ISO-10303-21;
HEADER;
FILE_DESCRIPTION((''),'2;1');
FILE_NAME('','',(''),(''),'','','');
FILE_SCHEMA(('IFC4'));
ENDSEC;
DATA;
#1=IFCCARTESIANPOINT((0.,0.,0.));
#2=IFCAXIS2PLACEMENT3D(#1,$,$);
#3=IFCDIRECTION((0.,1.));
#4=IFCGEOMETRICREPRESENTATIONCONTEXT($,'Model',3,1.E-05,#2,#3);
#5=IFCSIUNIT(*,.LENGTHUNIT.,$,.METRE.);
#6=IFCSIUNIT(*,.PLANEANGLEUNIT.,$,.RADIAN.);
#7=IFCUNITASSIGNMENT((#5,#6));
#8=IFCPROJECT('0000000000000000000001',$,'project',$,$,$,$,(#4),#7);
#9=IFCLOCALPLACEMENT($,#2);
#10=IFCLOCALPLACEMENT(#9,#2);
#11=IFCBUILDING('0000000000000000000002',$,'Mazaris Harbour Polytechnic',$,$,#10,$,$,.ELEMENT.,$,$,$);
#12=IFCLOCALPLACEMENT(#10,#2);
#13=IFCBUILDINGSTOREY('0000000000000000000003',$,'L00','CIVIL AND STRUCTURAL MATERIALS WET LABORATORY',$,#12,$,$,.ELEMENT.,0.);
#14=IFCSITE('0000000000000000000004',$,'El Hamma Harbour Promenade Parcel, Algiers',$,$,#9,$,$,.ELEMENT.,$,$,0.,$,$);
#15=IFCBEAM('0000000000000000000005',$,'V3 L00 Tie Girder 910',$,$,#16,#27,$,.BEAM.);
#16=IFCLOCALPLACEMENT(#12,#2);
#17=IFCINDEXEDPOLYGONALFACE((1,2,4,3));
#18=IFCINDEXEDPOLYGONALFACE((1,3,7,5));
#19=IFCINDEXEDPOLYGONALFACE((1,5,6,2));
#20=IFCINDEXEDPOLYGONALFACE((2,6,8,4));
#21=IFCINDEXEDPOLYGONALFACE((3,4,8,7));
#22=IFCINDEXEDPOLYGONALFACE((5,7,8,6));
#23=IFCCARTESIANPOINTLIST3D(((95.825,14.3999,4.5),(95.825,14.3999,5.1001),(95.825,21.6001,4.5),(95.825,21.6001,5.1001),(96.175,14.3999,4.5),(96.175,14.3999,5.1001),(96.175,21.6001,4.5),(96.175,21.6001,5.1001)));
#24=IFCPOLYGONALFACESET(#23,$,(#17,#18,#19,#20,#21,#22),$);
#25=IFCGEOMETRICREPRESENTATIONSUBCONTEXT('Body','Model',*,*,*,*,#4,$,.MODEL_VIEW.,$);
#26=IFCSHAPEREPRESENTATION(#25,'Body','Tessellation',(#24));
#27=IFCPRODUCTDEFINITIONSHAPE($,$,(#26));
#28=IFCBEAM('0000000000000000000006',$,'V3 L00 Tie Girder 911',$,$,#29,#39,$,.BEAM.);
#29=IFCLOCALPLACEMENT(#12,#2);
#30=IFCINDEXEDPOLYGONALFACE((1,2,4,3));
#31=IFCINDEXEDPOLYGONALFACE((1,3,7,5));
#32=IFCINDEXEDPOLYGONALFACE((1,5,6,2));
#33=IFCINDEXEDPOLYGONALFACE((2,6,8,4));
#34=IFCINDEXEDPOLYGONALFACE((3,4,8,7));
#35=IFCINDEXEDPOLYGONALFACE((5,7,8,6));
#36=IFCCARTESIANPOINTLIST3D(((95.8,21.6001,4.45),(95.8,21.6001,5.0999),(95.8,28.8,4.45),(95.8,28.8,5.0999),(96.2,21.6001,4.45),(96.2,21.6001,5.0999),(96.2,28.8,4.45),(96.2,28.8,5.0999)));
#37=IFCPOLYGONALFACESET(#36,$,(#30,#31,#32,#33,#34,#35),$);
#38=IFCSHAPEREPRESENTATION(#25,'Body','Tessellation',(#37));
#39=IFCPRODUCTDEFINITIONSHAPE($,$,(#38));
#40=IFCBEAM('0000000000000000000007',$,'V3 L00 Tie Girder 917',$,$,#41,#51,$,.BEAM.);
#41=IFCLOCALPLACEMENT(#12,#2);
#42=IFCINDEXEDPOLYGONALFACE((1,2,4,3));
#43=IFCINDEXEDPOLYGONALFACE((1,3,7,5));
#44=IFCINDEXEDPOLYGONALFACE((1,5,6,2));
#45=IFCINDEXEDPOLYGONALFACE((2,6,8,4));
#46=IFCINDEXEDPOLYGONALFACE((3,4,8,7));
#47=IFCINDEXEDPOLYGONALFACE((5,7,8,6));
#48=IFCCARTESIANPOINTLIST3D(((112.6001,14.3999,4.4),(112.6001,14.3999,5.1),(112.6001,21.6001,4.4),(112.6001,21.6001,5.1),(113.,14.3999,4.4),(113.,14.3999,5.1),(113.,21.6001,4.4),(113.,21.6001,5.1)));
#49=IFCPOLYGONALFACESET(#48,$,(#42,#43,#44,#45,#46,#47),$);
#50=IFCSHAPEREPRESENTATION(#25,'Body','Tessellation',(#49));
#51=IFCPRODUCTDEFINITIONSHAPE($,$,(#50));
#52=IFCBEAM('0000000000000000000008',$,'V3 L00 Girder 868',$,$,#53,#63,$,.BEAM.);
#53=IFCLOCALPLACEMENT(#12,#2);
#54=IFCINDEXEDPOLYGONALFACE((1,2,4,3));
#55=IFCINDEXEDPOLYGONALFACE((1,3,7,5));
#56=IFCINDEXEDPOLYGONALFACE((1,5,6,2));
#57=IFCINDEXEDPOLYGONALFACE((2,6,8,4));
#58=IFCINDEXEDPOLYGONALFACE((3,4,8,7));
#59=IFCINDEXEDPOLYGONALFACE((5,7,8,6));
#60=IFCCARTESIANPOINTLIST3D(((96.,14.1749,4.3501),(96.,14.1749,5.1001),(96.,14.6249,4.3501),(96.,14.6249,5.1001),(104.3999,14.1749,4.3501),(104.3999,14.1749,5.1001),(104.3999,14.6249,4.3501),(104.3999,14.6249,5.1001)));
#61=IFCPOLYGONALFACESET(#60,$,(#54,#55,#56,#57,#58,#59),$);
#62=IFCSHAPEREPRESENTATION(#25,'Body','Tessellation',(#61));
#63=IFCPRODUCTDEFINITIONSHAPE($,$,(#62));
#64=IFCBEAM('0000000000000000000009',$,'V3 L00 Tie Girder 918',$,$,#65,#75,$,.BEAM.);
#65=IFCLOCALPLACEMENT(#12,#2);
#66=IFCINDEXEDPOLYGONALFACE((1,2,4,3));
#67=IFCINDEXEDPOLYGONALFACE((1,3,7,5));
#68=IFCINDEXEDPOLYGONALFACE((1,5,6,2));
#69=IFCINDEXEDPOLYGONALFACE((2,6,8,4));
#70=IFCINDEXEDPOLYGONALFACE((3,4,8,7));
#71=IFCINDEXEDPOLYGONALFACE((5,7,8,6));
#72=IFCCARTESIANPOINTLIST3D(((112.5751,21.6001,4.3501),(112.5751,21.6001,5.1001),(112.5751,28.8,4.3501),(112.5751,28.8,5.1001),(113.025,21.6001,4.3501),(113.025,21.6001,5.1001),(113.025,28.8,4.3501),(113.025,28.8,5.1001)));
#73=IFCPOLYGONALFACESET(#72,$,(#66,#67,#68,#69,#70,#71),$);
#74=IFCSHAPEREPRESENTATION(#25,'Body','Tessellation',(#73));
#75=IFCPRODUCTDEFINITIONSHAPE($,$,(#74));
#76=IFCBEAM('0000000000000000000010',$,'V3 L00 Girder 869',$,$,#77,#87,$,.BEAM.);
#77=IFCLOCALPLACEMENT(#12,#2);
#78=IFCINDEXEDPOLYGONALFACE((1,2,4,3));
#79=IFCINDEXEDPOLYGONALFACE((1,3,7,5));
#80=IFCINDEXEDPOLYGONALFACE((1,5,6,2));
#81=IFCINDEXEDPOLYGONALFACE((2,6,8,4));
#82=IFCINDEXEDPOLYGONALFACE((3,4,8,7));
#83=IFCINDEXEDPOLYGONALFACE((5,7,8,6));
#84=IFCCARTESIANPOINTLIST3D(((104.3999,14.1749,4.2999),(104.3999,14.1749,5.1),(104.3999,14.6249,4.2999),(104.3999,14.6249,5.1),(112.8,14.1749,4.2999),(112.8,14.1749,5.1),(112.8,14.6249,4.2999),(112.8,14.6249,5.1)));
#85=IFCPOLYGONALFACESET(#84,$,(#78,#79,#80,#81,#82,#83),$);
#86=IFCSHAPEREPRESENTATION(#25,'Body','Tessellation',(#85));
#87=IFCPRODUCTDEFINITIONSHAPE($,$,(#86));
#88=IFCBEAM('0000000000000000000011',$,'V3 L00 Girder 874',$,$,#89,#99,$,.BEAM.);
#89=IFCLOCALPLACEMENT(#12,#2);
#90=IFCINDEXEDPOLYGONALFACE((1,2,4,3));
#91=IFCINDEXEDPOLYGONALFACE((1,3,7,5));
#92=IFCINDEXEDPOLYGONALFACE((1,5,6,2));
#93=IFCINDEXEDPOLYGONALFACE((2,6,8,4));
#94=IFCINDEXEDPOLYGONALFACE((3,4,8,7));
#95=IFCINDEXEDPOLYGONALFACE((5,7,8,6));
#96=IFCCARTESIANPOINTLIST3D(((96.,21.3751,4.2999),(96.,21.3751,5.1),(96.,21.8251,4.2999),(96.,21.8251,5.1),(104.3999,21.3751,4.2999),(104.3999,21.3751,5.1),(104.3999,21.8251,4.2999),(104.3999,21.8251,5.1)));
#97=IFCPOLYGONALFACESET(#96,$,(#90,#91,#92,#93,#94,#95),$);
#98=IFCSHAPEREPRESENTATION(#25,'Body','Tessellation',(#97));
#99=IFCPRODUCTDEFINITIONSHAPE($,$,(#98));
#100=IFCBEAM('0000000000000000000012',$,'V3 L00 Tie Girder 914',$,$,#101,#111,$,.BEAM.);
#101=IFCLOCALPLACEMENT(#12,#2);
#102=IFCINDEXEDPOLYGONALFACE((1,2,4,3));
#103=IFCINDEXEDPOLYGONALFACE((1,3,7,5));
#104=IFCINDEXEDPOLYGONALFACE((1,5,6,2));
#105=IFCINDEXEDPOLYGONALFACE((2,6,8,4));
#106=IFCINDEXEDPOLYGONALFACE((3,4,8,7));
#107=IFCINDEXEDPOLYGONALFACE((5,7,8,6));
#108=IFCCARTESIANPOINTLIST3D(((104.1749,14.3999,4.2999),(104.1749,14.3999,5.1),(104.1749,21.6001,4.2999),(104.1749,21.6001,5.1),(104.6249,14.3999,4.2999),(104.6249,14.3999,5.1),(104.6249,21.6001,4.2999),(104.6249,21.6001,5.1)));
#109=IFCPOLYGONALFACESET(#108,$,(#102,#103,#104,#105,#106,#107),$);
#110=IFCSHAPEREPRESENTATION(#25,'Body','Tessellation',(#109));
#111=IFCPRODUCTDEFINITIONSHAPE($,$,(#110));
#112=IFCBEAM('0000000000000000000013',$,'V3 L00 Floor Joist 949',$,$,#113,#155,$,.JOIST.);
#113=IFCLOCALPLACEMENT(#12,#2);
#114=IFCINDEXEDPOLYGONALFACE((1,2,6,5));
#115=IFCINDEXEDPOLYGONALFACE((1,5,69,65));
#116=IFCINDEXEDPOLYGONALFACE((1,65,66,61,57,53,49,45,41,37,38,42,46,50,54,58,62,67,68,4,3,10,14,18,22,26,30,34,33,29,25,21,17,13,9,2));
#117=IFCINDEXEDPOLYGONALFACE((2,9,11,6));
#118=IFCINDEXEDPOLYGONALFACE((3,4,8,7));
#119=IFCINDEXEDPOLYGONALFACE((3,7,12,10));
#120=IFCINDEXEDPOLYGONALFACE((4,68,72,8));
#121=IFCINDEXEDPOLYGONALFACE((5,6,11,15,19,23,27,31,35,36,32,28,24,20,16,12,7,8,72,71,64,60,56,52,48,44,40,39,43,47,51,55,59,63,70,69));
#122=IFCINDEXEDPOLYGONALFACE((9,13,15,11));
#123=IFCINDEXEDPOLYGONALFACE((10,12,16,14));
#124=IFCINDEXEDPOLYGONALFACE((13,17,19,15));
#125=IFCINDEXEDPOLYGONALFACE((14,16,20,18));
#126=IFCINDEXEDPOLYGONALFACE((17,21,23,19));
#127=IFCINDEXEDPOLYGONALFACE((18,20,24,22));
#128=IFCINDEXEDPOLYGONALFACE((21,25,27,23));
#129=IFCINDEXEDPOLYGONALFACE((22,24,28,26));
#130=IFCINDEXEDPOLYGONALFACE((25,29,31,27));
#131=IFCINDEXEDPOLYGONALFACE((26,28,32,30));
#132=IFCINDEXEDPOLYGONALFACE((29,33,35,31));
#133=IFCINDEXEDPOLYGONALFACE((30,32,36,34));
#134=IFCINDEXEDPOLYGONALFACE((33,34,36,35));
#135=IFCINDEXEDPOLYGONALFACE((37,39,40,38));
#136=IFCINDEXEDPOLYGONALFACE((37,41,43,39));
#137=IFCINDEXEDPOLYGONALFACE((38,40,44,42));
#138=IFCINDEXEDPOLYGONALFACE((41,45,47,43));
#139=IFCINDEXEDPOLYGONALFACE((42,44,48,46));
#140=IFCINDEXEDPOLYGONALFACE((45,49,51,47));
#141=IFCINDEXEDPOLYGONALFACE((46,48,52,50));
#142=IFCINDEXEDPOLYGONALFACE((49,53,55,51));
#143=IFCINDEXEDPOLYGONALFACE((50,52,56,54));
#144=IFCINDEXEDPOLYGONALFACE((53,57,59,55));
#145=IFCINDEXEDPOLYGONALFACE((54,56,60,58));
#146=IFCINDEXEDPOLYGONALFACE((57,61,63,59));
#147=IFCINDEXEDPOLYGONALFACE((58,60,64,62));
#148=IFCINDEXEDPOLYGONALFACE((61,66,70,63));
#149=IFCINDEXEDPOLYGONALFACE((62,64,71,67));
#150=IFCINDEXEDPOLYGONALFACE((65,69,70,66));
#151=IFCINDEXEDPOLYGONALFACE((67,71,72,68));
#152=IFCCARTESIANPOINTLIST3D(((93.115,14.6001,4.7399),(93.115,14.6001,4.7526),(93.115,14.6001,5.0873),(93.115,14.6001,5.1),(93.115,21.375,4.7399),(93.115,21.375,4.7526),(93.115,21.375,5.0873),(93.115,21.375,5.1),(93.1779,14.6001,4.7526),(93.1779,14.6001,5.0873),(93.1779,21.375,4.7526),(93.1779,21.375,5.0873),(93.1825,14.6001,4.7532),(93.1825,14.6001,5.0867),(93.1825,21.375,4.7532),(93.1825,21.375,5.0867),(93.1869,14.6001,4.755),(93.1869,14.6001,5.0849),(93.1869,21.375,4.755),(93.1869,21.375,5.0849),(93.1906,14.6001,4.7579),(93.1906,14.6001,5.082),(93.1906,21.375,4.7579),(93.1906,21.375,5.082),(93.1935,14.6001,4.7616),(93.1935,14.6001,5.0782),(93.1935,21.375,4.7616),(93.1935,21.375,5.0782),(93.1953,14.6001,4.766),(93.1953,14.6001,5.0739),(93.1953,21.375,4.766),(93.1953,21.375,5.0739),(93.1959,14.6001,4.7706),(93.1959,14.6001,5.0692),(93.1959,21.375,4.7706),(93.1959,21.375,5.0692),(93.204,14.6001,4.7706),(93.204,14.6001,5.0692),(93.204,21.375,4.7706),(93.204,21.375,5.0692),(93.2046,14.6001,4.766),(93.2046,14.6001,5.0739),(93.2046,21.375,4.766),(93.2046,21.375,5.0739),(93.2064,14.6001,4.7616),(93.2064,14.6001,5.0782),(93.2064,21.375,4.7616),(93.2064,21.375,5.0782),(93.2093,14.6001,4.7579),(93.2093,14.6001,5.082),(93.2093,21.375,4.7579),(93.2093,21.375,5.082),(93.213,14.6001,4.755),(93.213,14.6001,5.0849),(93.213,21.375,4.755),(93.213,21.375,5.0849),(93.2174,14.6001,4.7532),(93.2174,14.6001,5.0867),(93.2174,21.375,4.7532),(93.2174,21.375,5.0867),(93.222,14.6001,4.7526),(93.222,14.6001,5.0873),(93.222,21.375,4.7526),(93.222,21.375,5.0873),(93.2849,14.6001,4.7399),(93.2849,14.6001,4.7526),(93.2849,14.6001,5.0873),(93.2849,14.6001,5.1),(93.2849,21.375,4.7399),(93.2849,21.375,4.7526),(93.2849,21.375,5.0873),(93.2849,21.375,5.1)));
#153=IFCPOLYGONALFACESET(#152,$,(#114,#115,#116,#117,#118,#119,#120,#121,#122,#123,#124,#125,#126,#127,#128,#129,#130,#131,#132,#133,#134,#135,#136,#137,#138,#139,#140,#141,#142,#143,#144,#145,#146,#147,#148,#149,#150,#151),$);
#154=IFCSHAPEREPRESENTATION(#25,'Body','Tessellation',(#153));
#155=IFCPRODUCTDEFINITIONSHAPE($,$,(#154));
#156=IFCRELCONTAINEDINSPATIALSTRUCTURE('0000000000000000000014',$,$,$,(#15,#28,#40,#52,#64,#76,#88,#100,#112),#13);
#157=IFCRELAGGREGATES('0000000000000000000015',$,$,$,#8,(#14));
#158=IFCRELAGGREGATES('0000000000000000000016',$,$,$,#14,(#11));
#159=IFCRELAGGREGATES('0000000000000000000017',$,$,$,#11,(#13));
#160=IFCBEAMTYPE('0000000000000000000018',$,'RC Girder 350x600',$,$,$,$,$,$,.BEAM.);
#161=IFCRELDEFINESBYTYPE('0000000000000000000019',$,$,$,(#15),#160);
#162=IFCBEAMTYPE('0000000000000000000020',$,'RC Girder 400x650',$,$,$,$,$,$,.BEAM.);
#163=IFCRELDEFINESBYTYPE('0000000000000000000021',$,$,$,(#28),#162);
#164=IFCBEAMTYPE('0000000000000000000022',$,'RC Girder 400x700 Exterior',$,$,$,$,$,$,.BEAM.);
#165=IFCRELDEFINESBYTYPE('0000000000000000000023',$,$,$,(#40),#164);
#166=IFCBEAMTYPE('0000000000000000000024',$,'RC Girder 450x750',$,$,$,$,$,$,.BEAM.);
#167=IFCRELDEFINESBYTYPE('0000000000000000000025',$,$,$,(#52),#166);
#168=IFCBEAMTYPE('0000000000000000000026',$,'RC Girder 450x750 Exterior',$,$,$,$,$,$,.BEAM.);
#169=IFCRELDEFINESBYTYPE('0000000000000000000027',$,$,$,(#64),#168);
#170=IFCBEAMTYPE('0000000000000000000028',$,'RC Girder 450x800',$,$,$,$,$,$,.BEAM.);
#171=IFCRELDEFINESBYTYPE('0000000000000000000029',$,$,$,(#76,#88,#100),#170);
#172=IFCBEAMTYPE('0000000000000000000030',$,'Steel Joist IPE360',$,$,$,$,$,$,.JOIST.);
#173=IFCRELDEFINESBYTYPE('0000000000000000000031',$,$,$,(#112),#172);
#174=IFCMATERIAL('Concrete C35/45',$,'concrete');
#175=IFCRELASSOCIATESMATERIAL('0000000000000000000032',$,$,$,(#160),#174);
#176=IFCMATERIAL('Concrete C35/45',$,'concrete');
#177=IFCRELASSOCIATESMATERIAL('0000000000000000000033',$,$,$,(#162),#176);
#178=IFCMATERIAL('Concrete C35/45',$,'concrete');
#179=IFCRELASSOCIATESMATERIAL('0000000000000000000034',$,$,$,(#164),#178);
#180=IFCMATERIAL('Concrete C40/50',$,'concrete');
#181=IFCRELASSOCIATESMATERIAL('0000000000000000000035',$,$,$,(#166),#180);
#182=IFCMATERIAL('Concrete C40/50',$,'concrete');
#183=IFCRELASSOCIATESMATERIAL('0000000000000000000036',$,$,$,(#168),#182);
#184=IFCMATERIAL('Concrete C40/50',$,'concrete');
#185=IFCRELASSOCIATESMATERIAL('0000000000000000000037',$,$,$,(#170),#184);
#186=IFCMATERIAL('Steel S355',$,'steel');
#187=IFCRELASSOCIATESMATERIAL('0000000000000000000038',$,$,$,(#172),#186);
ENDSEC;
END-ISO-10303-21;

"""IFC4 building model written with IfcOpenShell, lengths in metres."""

from ifc_helpers import new_model, si_unit, direction, frame, origin, origin_2d, place, context, subcontext, project, spatial, rectangle, i_section, extrude, material, material_profile, profile_set, type_object, element, save


model = new_model("IFC4")

# Units and contexts
model_context = context("Model", 3, precision=1e-05, world=origin(), true_north=direction((0.0, 1.0)))
body_context = subcontext(model_context, "Body", "Model", "MODEL_VIEW")
ifc_project = project(units=[si_unit("LENGTHUNIT", "METRE"), si_unit("PLANEANGLEUNIT", "RADIAN")], contexts=[model_context])

# Site, building, storey
site_placement = place(None, origin())
site = spatial("IfcSite", under=ifc_project, at=site_placement, Name="El Hamma Harbour Promenade Parcel, Algiers", CompositionType="ELEMENT", RefElevation=0.0)
building_placement = place(site_placement, origin())
building = spatial("IfcBuilding", under=site, at=building_placement, Name="Mazaris Harbour Polytechnic", CompositionType="ELEMENT")
storey_placement = place(building_placement, origin())
storey = spatial("IfcBuildingStorey", under=building, at=storey_placement, Name="L00", Description="CIVIL AND STRUCTURAL MATERIALS WET LABORATORY", CompositionType="ELEMENT", Elevation=0.0)

# Beams
ifc_material_1 = material(Name="Concrete C35/45", Category="concrete")
ifc_material_profile_1 = material_profile(ifc_material_1, rectangle(XDim=0.3501, YDim=0.6001, at=origin_2d()), Name="RECT350x600")
ifc_profile_set_1 = profile_set([ifc_material_profile_1], Name="Concrete C35/45")
beam_type_1 = type_object("IfcBeamType", Name="RC Girder 350x600", PredefinedType="BEAM", material=ifc_profile_set_1)
beam_1_placement = place(storey_placement, frame((96.0, 14.3999, 4.8), z_axis=(0.0, 1.0, 0.0), x_axis=(-1.0, 0.0, 0.0)))
element("IfcBeam", 1, at=beam_1_placement, inside=storey, type_object=beam_type_1, Name="V3 L00 Tie Girder 910", PredefinedType="BEAM", context=body_context, shape_type="SweptSolid", body=[
    extrude(rectangle(XDim=0.3501, YDim=0.6001, at=origin_2d()), origin(), (0.0, 0.0, 1.0), 7.2002),
])
ifc_material_2 = material(Name="Concrete C35/45", Category="concrete")
ifc_material_profile_2 = material_profile(ifc_material_2, rectangle(XDim=0.3999, YDim=0.6499, at=origin_2d()), Name="RECT400x650")
ifc_profile_set_2 = profile_set([ifc_material_profile_2], Name="Concrete C35/45")
beam_type_2 = type_object("IfcBeamType", Name="RC Girder 400x650", PredefinedType="BEAM", material=ifc_profile_set_2)
beam_2_placement = place(storey_placement, frame((96.0, 21.6001, 4.7749), z_axis=(0.0, 1.0, 0.0), x_axis=(-1.0, 0.0, 0.0)))
element("IfcBeam", 2, at=beam_2_placement, inside=storey, type_object=beam_type_2, Name="V3 L00 Tie Girder 911", PredefinedType="BEAM", context=body_context, shape_type="SweptSolid", body=[
    extrude(rectangle(XDim=0.3999, YDim=0.6499, at=origin_2d()), origin(), (0.0, 0.0, 1.0), 7.2),
])
ifc_material_3 = material(Name="Concrete C35/45", Category="concrete")
ifc_material_profile_3 = material_profile(ifc_material_3, rectangle(XDim=0.3999, YDim=0.7, at=origin_2d()), Name="RECT400x700")
ifc_profile_set_3 = profile_set([ifc_material_profile_3], Name="Concrete C35/45")
beam_type_3 = type_object("IfcBeamType", Name="RC Girder 400x700 Exterior", PredefinedType="BEAM", material=ifc_profile_set_3)
beam_3_placement = place(storey_placement, frame((112.8, 14.3999, 4.75), z_axis=(0.0, 1.0, 0.0), x_axis=(-1.0, 0.0, 0.0)))
element("IfcBeam", 3, at=beam_3_placement, inside=storey, type_object=beam_type_3, Name="V3 L00 Tie Girder 917", PredefinedType="BEAM", context=body_context, shape_type="SweptSolid", body=[
    extrude(rectangle(XDim=0.3999, YDim=0.7, at=origin_2d()), origin(), (0.0, 0.0, 1.0), 7.2002),
])
ifc_material_4 = material(Name="Concrete C40/50", Category="concrete")
ifc_material_profile_4 = material_profile(ifc_material_4, rectangle(XDim=0.45, YDim=0.75, at=origin_2d()), Name="RECT450x750")
ifc_profile_set_4 = profile_set([ifc_material_profile_4], Name="Concrete C40/50")
beam_type_4 = type_object("IfcBeamType", Name="RC Girder 450x750", PredefinedType="BEAM", material=ifc_profile_set_4)
beam_4_placement = place(storey_placement, frame((96.0, 14.3999, 4.7251), z_axis=(1.0, 0.0, 0.0), x_axis=(0.0, 1.0, 0.0)))
element("IfcBeam", 4, at=beam_4_placement, inside=storey, type_object=beam_type_4, Name="V3 L00 Girder 868", PredefinedType="BEAM", context=body_context, shape_type="SweptSolid", body=[
    extrude(rectangle(XDim=0.45, YDim=0.75, at=origin_2d()), origin(), (0.0, 0.0, 1.0), 8.3999),
])
ifc_material_5 = material(Name="Concrete C40/50", Category="concrete")
ifc_material_profile_5 = material_profile(ifc_material_5, rectangle(XDim=0.45, YDim=0.75, at=origin_2d()), Name="RECT450x750")
ifc_profile_set_5 = profile_set([ifc_material_profile_5], Name="Concrete C40/50")
beam_type_5 = type_object("IfcBeamType", Name="RC Girder 450x750 Exterior", PredefinedType="BEAM", material=ifc_profile_set_5)
beam_5_placement = place(storey_placement, frame((112.8, 21.6001, 4.7251), z_axis=(0.0, 1.0, 0.0), x_axis=(-1.0, 0.0, 0.0)))
element("IfcBeam", 5, at=beam_5_placement, inside=storey, type_object=beam_type_5, Name="V3 L00 Tie Girder 918", PredefinedType="BEAM", context=body_context, shape_type="SweptSolid", body=[
    extrude(rectangle(XDim=0.45, YDim=0.75, at=origin_2d()), origin(), (0.0, 0.0, 1.0), 7.2),
])
ifc_material_6 = material(Name="Concrete C40/50", Category="concrete")
ifc_material_profile_6 = material_profile(ifc_material_6, rectangle(XDim=0.45, YDim=0.8, at=origin_2d()), Name="RECT450x800")
ifc_profile_set_6 = profile_set([ifc_material_profile_6], Name="Concrete C40/50")
beam_type_6 = type_object("IfcBeamType", Name="RC Girder 450x800", PredefinedType="BEAM", material=ifc_profile_set_6)
beam_6_placement = place(storey_placement, frame((104.3999, 14.3999, 4.7), z_axis=(1.0, 0.0, 0.0), x_axis=(0.0, 1.0, 0.0)))
element("IfcBeam", 6, at=beam_6_placement, inside=storey, type_object=beam_type_6, Name="V3 L00 Girder 869", PredefinedType="BEAM", context=body_context, shape_type="SweptSolid", body=[
    extrude(rectangle(XDim=0.45, YDim=0.8, at=origin_2d()), origin(), (0.0, 0.0, 1.0), 8.4001),
])
beam_7_placement = place(storey_placement, frame((96.0, 21.6001, 4.7), z_axis=(1.0, 0.0, 0.0), x_axis=(0.0, 1.0, 0.0)))
element("IfcBeam", 7, at=beam_7_placement, inside=storey, type_object=beam_type_6, Name="V3 L00 Girder 874", PredefinedType="BEAM", context=body_context, shape_type="SweptSolid", body=[
    extrude(rectangle(XDim=0.45, YDim=0.8, at=origin_2d()), origin(), (0.0, 0.0, 1.0), 8.3999),
])
beam_8_placement = place(storey_placement, frame((104.3999, 14.3999, 4.7), z_axis=(0.0, 1.0, 0.0), x_axis=(-1.0, 0.0, 0.0)))
element("IfcBeam", 8, at=beam_8_placement, inside=storey, type_object=beam_type_6, Name="V3 L00 Tie Girder 914", PredefinedType="BEAM", context=body_context, shape_type="SweptSolid", body=[
    extrude(rectangle(XDim=0.45, YDim=0.8, at=origin_2d()), origin(), (0.0, 0.0, 1.0), 7.2002),
])
ifc_material_7 = material(Name="Steel S355", Category="steel")
ifc_material_profile_7 = material_profile(ifc_material_7, i_section(OverallWidth=0.1699, OverallDepth=0.3601, WebThickness=0.0081, FlangeThickness=0.0127, FilletRadius=0.0181, at=origin_2d()), Name="IPE 360")
ifc_profile_set_7 = profile_set([ifc_material_profile_7], Name="Steel S355")
beam_type_7 = type_object("IfcBeamType", Name="Steel Joist IPE360", PredefinedType="JOIST", material=ifc_profile_set_7)
beam_9_placement = place(storey_placement, frame((93.2, 14.6001, 4.9199), z_axis=(0.0, 1.0, 0.0), x_axis=(-1.0, 0.0, 0.0)))
element("IfcBeam", 9, at=beam_9_placement, inside=storey, type_object=beam_type_7, Name="V3 L00 Floor Joist 949", PredefinedType="JOIST", context=body_context, shape_type="SweptSolid", body=[
    extrude(i_section(OverallWidth=0.1699, OverallDepth=0.3601, WebThickness=0.0081, FlangeThickness=0.0127, FilletRadius=0.0181, at=origin_2d()), origin(), (0.0, 0.0, 1.0), 6.7749),
])

save(model, "model.ifc")
